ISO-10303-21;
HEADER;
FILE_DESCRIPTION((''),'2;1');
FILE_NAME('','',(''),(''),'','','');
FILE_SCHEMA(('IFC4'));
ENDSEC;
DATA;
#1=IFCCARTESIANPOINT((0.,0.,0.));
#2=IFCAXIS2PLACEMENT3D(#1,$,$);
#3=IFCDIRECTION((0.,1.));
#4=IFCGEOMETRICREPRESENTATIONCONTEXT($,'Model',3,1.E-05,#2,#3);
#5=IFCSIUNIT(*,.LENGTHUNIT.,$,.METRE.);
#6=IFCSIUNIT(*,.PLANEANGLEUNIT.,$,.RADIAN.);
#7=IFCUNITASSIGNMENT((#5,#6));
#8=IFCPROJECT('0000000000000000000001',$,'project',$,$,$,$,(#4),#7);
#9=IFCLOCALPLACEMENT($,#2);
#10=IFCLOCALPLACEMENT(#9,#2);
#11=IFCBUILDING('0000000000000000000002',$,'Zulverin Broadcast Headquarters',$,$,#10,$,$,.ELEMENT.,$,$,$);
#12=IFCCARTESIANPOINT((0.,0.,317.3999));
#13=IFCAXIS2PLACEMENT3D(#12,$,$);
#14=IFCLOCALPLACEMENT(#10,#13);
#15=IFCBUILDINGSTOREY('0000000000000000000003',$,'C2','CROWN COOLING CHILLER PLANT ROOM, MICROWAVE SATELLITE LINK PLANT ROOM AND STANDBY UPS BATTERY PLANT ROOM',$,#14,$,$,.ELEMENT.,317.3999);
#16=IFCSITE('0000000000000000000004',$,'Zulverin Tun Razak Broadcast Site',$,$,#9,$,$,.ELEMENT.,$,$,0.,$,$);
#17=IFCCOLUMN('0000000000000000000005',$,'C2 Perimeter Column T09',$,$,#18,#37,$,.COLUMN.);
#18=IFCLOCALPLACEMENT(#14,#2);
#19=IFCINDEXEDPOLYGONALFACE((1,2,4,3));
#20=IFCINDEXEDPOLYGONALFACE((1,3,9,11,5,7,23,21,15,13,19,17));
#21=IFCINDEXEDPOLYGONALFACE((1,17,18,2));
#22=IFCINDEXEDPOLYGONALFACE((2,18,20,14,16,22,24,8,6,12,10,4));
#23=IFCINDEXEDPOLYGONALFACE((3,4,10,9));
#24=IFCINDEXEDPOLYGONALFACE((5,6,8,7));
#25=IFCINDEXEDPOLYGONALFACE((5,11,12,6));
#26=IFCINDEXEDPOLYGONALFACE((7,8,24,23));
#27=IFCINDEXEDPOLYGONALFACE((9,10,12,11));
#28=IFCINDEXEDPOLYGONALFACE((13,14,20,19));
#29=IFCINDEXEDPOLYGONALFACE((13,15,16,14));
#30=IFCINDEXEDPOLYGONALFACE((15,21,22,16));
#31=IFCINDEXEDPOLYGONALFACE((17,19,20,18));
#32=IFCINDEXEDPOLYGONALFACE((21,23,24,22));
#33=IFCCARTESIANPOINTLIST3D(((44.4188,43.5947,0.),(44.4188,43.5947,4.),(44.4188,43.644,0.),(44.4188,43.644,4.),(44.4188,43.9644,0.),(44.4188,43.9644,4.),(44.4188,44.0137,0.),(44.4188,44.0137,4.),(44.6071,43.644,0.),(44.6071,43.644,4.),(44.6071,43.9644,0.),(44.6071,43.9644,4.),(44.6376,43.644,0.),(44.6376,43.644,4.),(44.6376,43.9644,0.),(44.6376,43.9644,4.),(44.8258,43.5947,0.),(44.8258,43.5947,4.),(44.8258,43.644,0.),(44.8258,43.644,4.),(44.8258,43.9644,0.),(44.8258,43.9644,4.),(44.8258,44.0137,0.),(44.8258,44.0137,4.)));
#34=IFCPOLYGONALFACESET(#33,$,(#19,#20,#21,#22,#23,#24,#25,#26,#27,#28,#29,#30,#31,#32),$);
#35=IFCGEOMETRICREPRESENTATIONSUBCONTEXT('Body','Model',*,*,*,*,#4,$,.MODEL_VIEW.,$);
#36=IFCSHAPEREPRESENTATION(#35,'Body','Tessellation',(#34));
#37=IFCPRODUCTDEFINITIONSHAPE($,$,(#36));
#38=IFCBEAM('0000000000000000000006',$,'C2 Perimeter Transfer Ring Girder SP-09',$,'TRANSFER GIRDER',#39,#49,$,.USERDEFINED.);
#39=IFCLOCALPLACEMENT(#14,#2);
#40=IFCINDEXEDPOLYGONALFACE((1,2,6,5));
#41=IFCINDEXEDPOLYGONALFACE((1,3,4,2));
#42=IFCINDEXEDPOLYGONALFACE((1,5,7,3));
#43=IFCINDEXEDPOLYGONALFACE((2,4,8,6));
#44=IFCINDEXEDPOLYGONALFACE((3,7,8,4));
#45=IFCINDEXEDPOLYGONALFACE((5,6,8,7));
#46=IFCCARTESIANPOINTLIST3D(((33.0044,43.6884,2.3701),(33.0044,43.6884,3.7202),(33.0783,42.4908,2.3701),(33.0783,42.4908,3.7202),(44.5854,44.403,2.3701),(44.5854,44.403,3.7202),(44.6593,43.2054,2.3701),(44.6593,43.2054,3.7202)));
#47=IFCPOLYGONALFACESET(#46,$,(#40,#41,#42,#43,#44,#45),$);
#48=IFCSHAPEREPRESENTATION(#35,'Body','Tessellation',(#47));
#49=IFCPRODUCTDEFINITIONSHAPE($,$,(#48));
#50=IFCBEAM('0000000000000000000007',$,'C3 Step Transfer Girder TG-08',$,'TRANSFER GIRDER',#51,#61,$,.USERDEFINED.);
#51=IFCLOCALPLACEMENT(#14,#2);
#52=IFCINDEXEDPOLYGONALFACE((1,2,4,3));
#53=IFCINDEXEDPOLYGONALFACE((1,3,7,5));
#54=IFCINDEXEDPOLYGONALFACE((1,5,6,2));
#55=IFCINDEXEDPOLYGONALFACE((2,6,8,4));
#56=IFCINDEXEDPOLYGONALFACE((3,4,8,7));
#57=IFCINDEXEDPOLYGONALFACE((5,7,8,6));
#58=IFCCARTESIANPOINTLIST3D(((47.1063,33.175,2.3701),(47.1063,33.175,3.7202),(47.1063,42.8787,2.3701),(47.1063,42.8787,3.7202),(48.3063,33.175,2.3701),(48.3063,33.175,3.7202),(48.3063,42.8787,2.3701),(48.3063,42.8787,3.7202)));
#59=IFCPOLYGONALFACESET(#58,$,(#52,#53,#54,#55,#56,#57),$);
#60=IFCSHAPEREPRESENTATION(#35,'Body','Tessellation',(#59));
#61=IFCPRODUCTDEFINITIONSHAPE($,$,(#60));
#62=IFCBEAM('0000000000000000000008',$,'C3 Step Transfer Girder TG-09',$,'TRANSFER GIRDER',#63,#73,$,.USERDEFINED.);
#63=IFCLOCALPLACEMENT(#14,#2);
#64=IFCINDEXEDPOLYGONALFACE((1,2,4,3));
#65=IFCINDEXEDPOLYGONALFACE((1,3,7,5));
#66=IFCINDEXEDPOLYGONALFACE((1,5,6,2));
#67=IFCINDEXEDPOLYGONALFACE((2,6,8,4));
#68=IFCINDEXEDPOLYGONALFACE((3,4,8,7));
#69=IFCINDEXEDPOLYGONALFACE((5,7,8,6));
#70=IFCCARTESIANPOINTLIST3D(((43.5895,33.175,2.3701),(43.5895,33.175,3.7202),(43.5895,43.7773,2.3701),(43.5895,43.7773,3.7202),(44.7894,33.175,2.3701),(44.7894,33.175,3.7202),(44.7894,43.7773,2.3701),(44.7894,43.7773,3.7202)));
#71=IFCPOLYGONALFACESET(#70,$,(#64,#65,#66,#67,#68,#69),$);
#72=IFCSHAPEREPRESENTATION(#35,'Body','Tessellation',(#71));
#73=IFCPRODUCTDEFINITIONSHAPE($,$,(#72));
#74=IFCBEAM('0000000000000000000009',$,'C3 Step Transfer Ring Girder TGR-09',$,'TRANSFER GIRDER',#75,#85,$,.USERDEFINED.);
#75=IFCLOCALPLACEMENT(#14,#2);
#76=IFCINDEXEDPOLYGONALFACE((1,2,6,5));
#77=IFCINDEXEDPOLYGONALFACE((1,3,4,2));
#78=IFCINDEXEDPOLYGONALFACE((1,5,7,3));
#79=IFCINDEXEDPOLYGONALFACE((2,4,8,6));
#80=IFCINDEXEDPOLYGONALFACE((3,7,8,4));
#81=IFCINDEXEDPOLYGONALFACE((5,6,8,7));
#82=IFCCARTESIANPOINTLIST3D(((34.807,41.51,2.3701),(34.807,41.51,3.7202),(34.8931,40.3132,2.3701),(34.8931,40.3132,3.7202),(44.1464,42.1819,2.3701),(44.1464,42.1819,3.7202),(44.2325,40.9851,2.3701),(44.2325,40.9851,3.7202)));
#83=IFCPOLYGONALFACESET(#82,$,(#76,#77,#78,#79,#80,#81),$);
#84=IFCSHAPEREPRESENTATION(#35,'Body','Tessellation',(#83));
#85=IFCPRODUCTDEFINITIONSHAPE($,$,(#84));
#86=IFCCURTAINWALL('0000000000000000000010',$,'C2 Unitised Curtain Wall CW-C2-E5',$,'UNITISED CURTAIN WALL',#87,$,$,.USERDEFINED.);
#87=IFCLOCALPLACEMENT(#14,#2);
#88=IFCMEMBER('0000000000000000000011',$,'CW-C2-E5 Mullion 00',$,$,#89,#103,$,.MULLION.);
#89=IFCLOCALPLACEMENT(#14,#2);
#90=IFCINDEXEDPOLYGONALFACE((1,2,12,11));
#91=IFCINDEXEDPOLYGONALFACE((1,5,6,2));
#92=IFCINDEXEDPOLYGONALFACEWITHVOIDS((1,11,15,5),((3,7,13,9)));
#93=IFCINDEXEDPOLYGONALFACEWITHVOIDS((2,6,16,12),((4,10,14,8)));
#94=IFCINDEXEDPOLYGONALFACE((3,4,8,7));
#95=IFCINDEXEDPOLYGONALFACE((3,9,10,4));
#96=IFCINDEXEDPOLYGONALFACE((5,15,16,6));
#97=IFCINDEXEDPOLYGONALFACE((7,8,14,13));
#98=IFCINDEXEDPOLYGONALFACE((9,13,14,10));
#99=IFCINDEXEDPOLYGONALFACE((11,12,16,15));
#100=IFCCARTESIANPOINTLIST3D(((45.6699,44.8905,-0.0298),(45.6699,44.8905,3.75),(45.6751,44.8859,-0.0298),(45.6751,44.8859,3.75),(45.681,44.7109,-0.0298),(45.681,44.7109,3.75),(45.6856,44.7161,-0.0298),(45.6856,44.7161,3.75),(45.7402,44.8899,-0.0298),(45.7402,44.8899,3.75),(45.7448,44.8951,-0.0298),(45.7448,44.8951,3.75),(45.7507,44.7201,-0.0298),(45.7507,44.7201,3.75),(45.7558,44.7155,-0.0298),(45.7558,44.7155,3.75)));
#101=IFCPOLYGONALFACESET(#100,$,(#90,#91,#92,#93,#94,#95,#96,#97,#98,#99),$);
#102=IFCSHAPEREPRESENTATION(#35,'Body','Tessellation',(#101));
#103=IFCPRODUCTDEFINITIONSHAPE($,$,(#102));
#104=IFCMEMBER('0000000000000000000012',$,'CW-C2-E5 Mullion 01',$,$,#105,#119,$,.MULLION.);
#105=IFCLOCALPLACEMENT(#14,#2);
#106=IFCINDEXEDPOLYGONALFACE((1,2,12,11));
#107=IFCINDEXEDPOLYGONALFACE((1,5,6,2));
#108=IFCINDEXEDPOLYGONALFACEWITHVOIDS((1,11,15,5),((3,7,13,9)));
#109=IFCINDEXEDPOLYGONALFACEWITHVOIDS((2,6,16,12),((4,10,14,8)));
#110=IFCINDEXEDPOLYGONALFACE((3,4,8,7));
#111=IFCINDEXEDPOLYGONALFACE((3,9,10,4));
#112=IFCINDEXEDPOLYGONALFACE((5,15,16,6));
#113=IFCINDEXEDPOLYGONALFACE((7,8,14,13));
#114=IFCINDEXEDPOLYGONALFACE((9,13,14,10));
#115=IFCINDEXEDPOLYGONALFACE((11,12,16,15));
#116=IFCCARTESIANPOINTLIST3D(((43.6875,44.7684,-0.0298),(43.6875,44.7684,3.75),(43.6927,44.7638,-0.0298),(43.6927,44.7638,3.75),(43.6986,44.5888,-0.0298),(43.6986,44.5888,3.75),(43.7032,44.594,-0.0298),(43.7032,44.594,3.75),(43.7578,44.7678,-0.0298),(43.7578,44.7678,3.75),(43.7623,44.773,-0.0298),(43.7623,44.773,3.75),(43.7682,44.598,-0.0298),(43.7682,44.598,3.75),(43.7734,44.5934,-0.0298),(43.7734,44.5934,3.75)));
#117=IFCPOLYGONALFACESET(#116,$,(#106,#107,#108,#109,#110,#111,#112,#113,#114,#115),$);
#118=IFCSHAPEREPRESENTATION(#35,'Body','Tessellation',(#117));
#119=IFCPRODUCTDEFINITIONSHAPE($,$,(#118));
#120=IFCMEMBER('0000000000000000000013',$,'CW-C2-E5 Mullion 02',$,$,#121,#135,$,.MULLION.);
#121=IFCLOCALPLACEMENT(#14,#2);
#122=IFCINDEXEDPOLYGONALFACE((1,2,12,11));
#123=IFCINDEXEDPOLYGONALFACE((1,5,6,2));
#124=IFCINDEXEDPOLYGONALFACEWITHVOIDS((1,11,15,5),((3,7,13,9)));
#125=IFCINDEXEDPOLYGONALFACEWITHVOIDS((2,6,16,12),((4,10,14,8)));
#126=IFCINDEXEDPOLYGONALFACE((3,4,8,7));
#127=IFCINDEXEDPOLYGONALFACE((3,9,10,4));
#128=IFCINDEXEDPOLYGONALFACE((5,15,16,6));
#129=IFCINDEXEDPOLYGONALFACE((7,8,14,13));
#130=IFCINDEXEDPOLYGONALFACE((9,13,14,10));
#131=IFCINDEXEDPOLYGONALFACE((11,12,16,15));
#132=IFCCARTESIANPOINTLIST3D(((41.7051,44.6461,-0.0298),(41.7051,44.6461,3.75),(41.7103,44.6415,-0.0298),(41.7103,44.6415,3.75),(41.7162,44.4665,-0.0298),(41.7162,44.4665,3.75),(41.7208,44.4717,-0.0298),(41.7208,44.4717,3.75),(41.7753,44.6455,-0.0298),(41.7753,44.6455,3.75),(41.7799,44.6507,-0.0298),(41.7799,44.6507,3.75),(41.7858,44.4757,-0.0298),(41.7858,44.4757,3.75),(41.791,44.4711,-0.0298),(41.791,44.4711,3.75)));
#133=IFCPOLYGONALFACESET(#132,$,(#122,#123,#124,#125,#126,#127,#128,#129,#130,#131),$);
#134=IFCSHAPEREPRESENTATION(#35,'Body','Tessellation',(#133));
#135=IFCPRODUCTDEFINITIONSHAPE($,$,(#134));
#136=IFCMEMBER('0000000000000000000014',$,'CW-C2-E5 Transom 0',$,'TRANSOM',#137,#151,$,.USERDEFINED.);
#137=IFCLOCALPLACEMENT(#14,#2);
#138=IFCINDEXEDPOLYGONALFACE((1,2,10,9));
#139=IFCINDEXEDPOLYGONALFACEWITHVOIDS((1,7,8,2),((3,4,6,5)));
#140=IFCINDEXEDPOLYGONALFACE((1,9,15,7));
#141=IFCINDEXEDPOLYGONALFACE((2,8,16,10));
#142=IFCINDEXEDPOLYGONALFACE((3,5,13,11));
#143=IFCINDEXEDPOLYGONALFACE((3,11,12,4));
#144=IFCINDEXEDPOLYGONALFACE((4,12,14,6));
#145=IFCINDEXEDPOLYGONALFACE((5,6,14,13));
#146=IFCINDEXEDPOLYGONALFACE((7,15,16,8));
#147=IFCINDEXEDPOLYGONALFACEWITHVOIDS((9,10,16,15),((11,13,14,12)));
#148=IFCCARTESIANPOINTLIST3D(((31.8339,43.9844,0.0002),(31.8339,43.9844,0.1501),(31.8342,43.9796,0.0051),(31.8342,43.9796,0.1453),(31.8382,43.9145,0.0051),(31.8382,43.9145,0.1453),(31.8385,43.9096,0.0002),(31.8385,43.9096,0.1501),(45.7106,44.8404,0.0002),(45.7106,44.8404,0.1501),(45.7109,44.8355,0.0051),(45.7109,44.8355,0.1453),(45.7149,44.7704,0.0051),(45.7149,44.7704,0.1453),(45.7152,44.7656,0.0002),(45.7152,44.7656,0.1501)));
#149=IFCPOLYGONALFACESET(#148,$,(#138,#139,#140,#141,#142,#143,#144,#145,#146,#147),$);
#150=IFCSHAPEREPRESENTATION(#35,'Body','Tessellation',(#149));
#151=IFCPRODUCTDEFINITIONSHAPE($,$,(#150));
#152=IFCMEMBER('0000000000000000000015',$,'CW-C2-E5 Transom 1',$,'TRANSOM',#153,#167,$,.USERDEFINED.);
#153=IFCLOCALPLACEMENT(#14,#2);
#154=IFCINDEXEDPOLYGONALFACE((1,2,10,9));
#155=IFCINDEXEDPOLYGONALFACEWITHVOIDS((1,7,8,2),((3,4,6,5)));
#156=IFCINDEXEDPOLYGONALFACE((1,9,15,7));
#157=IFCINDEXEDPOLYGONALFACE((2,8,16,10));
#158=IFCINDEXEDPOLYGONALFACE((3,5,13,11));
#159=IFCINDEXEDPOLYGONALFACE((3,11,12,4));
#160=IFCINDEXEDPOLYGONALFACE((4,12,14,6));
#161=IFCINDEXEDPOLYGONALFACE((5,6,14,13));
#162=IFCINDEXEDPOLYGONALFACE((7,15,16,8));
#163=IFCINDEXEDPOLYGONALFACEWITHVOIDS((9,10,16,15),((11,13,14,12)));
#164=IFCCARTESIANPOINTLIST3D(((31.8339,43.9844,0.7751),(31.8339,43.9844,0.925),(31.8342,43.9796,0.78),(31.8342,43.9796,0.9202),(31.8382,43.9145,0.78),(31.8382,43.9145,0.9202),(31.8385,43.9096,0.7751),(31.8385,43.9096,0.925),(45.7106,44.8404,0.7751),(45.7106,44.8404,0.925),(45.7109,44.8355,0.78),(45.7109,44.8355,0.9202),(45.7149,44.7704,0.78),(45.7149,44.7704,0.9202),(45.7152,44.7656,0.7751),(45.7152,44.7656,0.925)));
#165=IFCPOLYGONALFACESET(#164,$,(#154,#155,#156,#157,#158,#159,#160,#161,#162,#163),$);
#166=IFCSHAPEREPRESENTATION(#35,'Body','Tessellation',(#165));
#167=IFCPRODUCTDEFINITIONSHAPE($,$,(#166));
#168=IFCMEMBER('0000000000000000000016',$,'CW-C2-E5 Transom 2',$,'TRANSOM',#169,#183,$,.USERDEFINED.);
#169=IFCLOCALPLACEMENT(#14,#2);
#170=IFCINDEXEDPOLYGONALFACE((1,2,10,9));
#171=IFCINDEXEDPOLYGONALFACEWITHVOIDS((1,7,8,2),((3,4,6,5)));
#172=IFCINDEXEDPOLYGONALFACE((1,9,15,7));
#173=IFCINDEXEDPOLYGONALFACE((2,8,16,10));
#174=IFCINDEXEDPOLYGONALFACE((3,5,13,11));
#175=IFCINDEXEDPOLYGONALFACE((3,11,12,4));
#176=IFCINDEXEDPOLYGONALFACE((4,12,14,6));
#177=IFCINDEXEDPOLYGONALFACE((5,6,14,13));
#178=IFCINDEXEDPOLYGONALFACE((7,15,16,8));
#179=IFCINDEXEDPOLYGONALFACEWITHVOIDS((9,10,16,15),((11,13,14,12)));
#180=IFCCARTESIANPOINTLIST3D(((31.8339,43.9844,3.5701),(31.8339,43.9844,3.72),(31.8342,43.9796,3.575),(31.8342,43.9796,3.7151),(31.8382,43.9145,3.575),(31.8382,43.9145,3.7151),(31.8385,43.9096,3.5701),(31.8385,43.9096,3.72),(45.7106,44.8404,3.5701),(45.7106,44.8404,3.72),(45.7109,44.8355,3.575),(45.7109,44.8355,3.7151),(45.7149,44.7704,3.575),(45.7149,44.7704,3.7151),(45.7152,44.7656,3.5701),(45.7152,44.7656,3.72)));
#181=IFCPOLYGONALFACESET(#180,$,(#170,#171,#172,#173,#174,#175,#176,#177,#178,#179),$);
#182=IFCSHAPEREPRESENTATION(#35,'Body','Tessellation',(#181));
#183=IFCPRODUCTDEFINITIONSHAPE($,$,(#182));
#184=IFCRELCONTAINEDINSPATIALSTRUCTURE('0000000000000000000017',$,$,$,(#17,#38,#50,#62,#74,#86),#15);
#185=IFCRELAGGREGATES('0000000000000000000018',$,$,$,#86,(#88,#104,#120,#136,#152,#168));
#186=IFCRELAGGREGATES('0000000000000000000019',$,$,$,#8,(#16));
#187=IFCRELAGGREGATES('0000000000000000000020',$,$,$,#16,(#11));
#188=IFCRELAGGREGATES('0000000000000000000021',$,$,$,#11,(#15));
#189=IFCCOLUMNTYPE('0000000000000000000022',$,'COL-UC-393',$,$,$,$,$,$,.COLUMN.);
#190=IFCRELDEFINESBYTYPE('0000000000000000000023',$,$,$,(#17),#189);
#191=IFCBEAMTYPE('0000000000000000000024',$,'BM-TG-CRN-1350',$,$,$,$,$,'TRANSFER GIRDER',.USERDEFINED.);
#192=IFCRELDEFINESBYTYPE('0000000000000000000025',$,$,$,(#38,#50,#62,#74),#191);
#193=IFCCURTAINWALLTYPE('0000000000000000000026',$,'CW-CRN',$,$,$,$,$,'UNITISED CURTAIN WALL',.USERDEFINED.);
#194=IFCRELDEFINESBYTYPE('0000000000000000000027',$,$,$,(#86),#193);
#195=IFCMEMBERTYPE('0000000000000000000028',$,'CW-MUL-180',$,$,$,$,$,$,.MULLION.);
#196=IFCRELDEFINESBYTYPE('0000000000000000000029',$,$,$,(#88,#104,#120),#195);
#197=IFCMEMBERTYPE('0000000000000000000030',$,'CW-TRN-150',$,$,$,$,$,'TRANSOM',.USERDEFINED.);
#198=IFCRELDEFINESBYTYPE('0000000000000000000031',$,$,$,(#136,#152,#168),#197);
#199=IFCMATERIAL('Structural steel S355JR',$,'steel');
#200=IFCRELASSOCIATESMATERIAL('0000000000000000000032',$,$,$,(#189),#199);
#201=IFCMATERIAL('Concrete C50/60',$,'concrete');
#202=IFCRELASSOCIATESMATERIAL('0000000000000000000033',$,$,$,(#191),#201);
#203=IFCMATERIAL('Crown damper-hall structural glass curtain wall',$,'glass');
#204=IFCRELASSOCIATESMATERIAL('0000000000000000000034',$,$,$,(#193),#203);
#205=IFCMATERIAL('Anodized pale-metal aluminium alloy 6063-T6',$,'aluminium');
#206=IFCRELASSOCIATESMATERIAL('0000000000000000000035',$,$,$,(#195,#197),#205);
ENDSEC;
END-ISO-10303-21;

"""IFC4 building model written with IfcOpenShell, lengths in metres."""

from ifc_helpers import new_model, si_unit, direction, frame, origin, origin_2d, place, context, subcontext, project, spatial, rectangle, hollow_rectangle, i_section, extrude, material, material_profile, profile_set, type_object, element, aggregate, save


model = new_model("IFC4")

# Units and contexts
model_context = context("Model", 3, precision=1e-05, world=origin(), true_north=direction((0.0, 1.0)))
body_context = subcontext(model_context, "Body", "Model", "MODEL_VIEW")
ifc_project = project(units=[si_unit("LENGTHUNIT", "METRE"), si_unit("PLANEANGLEUNIT", "RADIAN")], contexts=[model_context])

# Site, building, storey
site_placement = place(None, origin())
site = spatial("IfcSite", under=ifc_project, at=site_placement, Name="Zulverin Tun Razak Broadcast Site", CompositionType="ELEMENT", RefElevation=0.0)
building_placement = place(site_placement, origin())
building = spatial("IfcBuilding", under=site, at=building_placement, Name="Zulverin Broadcast Headquarters", CompositionType="ELEMENT")
storey_placement = place(building_placement, frame((0.0, 0.0, 317.3999)))
storey = spatial("IfcBuildingStorey", under=building, at=storey_placement, Name="C2", Description="CROWN COOLING CHILLER PLANT ROOM, MICROWAVE SATELLITE LINK PLANT ROOM AND STANDBY UPS BATTERY PLANT ROOM", CompositionType="ELEMENT", Elevation=317.3999)

# Column
ifc_material_1 = material(Name="Structural steel S355JR", Category="steel")
ifc_material_profile_1 = material_profile(ifc_material_1, i_section(OverallWidth=0.407, OverallDepth=0.4189, WebThickness=0.0305, FlangeThickness=0.0493, at=origin_2d()), Name="Structural steel S355JR", Category="steel")
ifc_profile_set_1 = profile_set([ifc_material_profile_1], Name="Structural steel S355JR")
column_type = type_object("IfcColumnType", Name="COL-UC-393", PredefinedType="COLUMN", material=ifc_profile_set_1)
column_placement = place(storey_placement, frame((44.6223, 43.8042, 0.0), z_axis=(0.0, 0.0, 1.0), x_axis=(1.0, 0.0, 0.0)))
element("IfcColumn", 1, at=column_placement, inside=storey, type_object=column_type, Name="C2 Perimeter Column T09", PredefinedType="COLUMN", context=body_context, shape_type="SweptSolid", body=[
    extrude(i_section(OverallWidth=0.407, OverallDepth=0.4189, WebThickness=0.0305, FlangeThickness=0.0493, at=origin_2d()), origin(), (0.0, 0.0, 1.0), 4.0),
])

# Beams
ifc_material_2 = material(Name="Concrete C50/60", Category="concrete")
ifc_material_profile_2 = material_profile(ifc_material_2, rectangle(XDim=1.2, YDim=1.3501, at=origin_2d()), Name="Concrete C50/60", Category="concrete")
ifc_profile_set_2 = profile_set([ifc_material_profile_2], Name="Concrete C50/60")
beam_type = type_object("IfcBeamType", Name="BM-TG-CRN-1350", ElementType="TRANSFER GIRDER", PredefinedType="USERDEFINED", material=ifc_profile_set_2)
beam_1_placement = place(storey_placement, frame((44.6223, 43.8042, 3.0452), z_axis=(-0.998102, -0.061587, 0.0), x_axis=(0.061587, -0.998102, 0.0)))
element("IfcBeam", 2, at=beam_1_placement, inside=storey, type_object=beam_type, Name="C2 Perimeter Transfer Ring Girder SP-09", ObjectType="TRANSFER GIRDER", PredefinedType="USERDEFINED", context=body_context, shape_type="SweptSolid", body=[
    extrude(rectangle(XDim=1.2, YDim=1.3501, at=origin_2d()), origin(), (0.0, 0.0, 1.0), 11.603),
])
beam_2_placement = place(storey_placement, frame((47.7063, 33.175, 3.0452), z_axis=(0.0, 1.0, 0.0), x_axis=(-1.0, 0.0, 0.0)))
element("IfcBeam", 3, at=beam_2_placement, inside=storey, type_object=beam_type, Name="C3 Step Transfer Girder TG-08", ObjectType="TRANSFER GIRDER", PredefinedType="USERDEFINED", context=body_context, shape_type="SweptSolid", body=[
    extrude(rectangle(XDim=1.2, YDim=1.3501, at=origin_2d()), origin(), (0.0, 0.0, 1.0), 9.7036),
])
beam_3_placement = place(storey_placement, frame((44.1895, 33.175, 3.0452), z_axis=(0.0, 1.0, 0.0), x_axis=(-1.0, 0.0, 0.0)))
element("IfcBeam", 4, at=beam_3_placement, inside=storey, type_object=beam_type, Name="C3 Step Transfer Girder TG-09", ObjectType="TRANSFER GIRDER", PredefinedType="USERDEFINED", context=body_context, shape_type="SweptSolid", body=[
    extrude(rectangle(XDim=1.2, YDim=1.3501, at=origin_2d()), origin(), (0.0, 0.0, 1.0), 10.6023),
])
beam_4_placement = place(storey_placement, frame((44.1895, 41.5835, 3.0452), z_axis=(-0.997422, -0.071755, 0.0), x_axis=(0.071755, -0.997422, 0.0)))
element("IfcBeam", 5, at=beam_4_placement, inside=storey, type_object=beam_type, Name="C3 Step Transfer Ring Girder TGR-09", ObjectType="TRANSFER GIRDER", PredefinedType="USERDEFINED", context=body_context, shape_type="SweptSolid", body=[
    extrude(rectangle(XDim=1.2, YDim=1.3501, at=origin_2d()), origin(), (0.0, 0.0, 1.0), 9.3635),
])

# Curtain wall, members
ifc_material_3 = material(Name="Crown damper-hall structural glass curtain wall", Category="glass")
curtain_wall_type = type_object("IfcCurtainWallType", Name="CW-CRN", ElementType="UNITISED CURTAIN WALL", PredefinedType="USERDEFINED", material=ifc_material_3)
curtain_wall_placement = place(storey_placement, origin())
curtain_wall = element("IfcCurtainWall", 6, at=curtain_wall_placement, inside=storey, type_object=curtain_wall_type, Name="C2 Unitised Curtain Wall CW-C2-E5", ObjectType="UNITISED CURTAIN WALL", PredefinedType="USERDEFINED")
ifc_material_4 = material(Name="Anodized pale-metal aluminium alloy 6063-T6", Category="aluminium")
ifc_material_profile_3 = material_profile(ifc_material_4, hollow_rectangle(XDim=0.075, YDim=0.1799, WallThickness=0.0049, at=origin_2d()), Name="Anodized pale-metal aluminium alloy 6063-T6", Category="aluminium")
ifc_profile_set_3 = profile_set([ifc_material_profile_3], Name="Anodized pale-metal aluminium alloy 6063-T6")
member_type_1 = type_object("IfcMemberType", Name="CW-MUL-180", PredefinedType="MULLION", material=ifc_profile_set_3)
member_1_placement = place(storey_placement, frame((45.7129, 44.803, -0.0298), z_axis=(0.0, 0.0, 1.0), x_axis=(-0.998103, -0.061569, 0.0)))
member_1 = element("IfcMember", 7, at=member_1_placement, type_object=member_type_1, Name="CW-C2-E5 Mullion 00", PredefinedType="MULLION", context=body_context, shape_type="SweptSolid", body=[
    extrude(hollow_rectangle(XDim=0.075, YDim=0.1799, WallThickness=0.0049, at=origin_2d()), origin(), (0.0, 0.0, 1.0), 3.7798),
])
member_2_placement = place(storey_placement, frame((43.7305, 44.6809, -0.0298), z_axis=(0.0, 0.0, 1.0), x_axis=(-0.998103, -0.061569, 0.0)))
member_2 = element("IfcMember", 8, at=member_2_placement, type_object=member_type_1, Name="CW-C2-E5 Mullion 01", PredefinedType="MULLION", context=body_context, shape_type="SweptSolid", body=[
    extrude(hollow_rectangle(XDim=0.075, YDim=0.1799, WallThickness=0.0049, at=origin_2d()), origin(), (0.0, 0.0, 1.0), 3.7798),
])
member_3_placement = place(storey_placement, frame((41.748, 44.5586, -0.0298), z_axis=(0.0, 0.0, 1.0), x_axis=(-0.998103, -0.061569, 0.0)))
member_3 = element("IfcMember", 9, at=member_3_placement, type_object=member_type_1, Name="CW-C2-E5 Mullion 02", PredefinedType="MULLION", context=body_context, shape_type="SweptSolid", body=[
    extrude(hollow_rectangle(XDim=0.075, YDim=0.1799, WallThickness=0.0049, at=origin_2d()), origin(), (0.0, 0.0, 1.0), 3.7798),
])
ifc_material_profile_4 = material_profile(ifc_material_4, hollow_rectangle(XDim=0.075, YDim=0.1499, WallThickness=0.0049, at=origin_2d()), Name="Anodized pale-metal aluminium alloy 6063-T6", Category="aluminium")
ifc_profile_set_4 = profile_set([ifc_material_profile_4], Name="Anodized pale-metal aluminium alloy 6063-T6")
member_type_2 = type_object("IfcMemberType", Name="CW-TRN-150", ElementType="TRANSOM", PredefinedType="USERDEFINED", material=ifc_profile_set_4)
member_4_placement = place(storey_placement, frame((45.7129, 44.803, 0.0752), z_axis=(-0.998103, -0.061566, 0.0), x_axis=(0.061566, -0.998103, 0.0)))
member_4 = element("IfcMember", 10, at=member_4_placement, type_object=member_type_2, Name="CW-C2-E5 Transom 0", ObjectType="TRANSOM", PredefinedType="USERDEFINED", context=body_context, shape_type="SweptSolid", body=[
    extrude(hollow_rectangle(XDim=0.075, YDim=0.1499, WallThickness=0.0049, at=origin_2d()), origin(), (0.0, 0.0, 1.0), 13.9031),
])
member_5_placement = place(storey_placement, frame((45.7129, 44.803, 0.8501), z_axis=(-0.998103, -0.061566, 0.0), x_axis=(0.061566, -0.998103, 0.0)))
member_5 = element("IfcMember", 11, at=member_5_placement, type_object=member_type_2, Name="CW-C2-E5 Transom 1", ObjectType="TRANSOM", PredefinedType="USERDEFINED", context=body_context, shape_type="SweptSolid", body=[
    extrude(hollow_rectangle(XDim=0.075, YDim=0.1499, WallThickness=0.0049, at=origin_2d()), origin(), (0.0, 0.0, 1.0), 13.9031),
])
member_6_placement = place(storey_placement, frame((45.7129, 44.803, 3.645), z_axis=(-0.998103, -0.061566, 0.0), x_axis=(0.061566, -0.998103, 0.0)))
member_6 = element("IfcMember", 12, at=member_6_placement, type_object=member_type_2, Name="CW-C2-E5 Transom 2", ObjectType="TRANSOM", PredefinedType="USERDEFINED", context=body_context, shape_type="SweptSolid", body=[
    extrude(hollow_rectangle(XDim=0.075, YDim=0.1499, WallThickness=0.0049, at=origin_2d()), origin(), (0.0, 0.0, 1.0), 13.9031),
])
aggregate(curtain_wall, [member_1, member_2, member_3, member_4, member_5, member_6])

save(model, "model.ifc")
